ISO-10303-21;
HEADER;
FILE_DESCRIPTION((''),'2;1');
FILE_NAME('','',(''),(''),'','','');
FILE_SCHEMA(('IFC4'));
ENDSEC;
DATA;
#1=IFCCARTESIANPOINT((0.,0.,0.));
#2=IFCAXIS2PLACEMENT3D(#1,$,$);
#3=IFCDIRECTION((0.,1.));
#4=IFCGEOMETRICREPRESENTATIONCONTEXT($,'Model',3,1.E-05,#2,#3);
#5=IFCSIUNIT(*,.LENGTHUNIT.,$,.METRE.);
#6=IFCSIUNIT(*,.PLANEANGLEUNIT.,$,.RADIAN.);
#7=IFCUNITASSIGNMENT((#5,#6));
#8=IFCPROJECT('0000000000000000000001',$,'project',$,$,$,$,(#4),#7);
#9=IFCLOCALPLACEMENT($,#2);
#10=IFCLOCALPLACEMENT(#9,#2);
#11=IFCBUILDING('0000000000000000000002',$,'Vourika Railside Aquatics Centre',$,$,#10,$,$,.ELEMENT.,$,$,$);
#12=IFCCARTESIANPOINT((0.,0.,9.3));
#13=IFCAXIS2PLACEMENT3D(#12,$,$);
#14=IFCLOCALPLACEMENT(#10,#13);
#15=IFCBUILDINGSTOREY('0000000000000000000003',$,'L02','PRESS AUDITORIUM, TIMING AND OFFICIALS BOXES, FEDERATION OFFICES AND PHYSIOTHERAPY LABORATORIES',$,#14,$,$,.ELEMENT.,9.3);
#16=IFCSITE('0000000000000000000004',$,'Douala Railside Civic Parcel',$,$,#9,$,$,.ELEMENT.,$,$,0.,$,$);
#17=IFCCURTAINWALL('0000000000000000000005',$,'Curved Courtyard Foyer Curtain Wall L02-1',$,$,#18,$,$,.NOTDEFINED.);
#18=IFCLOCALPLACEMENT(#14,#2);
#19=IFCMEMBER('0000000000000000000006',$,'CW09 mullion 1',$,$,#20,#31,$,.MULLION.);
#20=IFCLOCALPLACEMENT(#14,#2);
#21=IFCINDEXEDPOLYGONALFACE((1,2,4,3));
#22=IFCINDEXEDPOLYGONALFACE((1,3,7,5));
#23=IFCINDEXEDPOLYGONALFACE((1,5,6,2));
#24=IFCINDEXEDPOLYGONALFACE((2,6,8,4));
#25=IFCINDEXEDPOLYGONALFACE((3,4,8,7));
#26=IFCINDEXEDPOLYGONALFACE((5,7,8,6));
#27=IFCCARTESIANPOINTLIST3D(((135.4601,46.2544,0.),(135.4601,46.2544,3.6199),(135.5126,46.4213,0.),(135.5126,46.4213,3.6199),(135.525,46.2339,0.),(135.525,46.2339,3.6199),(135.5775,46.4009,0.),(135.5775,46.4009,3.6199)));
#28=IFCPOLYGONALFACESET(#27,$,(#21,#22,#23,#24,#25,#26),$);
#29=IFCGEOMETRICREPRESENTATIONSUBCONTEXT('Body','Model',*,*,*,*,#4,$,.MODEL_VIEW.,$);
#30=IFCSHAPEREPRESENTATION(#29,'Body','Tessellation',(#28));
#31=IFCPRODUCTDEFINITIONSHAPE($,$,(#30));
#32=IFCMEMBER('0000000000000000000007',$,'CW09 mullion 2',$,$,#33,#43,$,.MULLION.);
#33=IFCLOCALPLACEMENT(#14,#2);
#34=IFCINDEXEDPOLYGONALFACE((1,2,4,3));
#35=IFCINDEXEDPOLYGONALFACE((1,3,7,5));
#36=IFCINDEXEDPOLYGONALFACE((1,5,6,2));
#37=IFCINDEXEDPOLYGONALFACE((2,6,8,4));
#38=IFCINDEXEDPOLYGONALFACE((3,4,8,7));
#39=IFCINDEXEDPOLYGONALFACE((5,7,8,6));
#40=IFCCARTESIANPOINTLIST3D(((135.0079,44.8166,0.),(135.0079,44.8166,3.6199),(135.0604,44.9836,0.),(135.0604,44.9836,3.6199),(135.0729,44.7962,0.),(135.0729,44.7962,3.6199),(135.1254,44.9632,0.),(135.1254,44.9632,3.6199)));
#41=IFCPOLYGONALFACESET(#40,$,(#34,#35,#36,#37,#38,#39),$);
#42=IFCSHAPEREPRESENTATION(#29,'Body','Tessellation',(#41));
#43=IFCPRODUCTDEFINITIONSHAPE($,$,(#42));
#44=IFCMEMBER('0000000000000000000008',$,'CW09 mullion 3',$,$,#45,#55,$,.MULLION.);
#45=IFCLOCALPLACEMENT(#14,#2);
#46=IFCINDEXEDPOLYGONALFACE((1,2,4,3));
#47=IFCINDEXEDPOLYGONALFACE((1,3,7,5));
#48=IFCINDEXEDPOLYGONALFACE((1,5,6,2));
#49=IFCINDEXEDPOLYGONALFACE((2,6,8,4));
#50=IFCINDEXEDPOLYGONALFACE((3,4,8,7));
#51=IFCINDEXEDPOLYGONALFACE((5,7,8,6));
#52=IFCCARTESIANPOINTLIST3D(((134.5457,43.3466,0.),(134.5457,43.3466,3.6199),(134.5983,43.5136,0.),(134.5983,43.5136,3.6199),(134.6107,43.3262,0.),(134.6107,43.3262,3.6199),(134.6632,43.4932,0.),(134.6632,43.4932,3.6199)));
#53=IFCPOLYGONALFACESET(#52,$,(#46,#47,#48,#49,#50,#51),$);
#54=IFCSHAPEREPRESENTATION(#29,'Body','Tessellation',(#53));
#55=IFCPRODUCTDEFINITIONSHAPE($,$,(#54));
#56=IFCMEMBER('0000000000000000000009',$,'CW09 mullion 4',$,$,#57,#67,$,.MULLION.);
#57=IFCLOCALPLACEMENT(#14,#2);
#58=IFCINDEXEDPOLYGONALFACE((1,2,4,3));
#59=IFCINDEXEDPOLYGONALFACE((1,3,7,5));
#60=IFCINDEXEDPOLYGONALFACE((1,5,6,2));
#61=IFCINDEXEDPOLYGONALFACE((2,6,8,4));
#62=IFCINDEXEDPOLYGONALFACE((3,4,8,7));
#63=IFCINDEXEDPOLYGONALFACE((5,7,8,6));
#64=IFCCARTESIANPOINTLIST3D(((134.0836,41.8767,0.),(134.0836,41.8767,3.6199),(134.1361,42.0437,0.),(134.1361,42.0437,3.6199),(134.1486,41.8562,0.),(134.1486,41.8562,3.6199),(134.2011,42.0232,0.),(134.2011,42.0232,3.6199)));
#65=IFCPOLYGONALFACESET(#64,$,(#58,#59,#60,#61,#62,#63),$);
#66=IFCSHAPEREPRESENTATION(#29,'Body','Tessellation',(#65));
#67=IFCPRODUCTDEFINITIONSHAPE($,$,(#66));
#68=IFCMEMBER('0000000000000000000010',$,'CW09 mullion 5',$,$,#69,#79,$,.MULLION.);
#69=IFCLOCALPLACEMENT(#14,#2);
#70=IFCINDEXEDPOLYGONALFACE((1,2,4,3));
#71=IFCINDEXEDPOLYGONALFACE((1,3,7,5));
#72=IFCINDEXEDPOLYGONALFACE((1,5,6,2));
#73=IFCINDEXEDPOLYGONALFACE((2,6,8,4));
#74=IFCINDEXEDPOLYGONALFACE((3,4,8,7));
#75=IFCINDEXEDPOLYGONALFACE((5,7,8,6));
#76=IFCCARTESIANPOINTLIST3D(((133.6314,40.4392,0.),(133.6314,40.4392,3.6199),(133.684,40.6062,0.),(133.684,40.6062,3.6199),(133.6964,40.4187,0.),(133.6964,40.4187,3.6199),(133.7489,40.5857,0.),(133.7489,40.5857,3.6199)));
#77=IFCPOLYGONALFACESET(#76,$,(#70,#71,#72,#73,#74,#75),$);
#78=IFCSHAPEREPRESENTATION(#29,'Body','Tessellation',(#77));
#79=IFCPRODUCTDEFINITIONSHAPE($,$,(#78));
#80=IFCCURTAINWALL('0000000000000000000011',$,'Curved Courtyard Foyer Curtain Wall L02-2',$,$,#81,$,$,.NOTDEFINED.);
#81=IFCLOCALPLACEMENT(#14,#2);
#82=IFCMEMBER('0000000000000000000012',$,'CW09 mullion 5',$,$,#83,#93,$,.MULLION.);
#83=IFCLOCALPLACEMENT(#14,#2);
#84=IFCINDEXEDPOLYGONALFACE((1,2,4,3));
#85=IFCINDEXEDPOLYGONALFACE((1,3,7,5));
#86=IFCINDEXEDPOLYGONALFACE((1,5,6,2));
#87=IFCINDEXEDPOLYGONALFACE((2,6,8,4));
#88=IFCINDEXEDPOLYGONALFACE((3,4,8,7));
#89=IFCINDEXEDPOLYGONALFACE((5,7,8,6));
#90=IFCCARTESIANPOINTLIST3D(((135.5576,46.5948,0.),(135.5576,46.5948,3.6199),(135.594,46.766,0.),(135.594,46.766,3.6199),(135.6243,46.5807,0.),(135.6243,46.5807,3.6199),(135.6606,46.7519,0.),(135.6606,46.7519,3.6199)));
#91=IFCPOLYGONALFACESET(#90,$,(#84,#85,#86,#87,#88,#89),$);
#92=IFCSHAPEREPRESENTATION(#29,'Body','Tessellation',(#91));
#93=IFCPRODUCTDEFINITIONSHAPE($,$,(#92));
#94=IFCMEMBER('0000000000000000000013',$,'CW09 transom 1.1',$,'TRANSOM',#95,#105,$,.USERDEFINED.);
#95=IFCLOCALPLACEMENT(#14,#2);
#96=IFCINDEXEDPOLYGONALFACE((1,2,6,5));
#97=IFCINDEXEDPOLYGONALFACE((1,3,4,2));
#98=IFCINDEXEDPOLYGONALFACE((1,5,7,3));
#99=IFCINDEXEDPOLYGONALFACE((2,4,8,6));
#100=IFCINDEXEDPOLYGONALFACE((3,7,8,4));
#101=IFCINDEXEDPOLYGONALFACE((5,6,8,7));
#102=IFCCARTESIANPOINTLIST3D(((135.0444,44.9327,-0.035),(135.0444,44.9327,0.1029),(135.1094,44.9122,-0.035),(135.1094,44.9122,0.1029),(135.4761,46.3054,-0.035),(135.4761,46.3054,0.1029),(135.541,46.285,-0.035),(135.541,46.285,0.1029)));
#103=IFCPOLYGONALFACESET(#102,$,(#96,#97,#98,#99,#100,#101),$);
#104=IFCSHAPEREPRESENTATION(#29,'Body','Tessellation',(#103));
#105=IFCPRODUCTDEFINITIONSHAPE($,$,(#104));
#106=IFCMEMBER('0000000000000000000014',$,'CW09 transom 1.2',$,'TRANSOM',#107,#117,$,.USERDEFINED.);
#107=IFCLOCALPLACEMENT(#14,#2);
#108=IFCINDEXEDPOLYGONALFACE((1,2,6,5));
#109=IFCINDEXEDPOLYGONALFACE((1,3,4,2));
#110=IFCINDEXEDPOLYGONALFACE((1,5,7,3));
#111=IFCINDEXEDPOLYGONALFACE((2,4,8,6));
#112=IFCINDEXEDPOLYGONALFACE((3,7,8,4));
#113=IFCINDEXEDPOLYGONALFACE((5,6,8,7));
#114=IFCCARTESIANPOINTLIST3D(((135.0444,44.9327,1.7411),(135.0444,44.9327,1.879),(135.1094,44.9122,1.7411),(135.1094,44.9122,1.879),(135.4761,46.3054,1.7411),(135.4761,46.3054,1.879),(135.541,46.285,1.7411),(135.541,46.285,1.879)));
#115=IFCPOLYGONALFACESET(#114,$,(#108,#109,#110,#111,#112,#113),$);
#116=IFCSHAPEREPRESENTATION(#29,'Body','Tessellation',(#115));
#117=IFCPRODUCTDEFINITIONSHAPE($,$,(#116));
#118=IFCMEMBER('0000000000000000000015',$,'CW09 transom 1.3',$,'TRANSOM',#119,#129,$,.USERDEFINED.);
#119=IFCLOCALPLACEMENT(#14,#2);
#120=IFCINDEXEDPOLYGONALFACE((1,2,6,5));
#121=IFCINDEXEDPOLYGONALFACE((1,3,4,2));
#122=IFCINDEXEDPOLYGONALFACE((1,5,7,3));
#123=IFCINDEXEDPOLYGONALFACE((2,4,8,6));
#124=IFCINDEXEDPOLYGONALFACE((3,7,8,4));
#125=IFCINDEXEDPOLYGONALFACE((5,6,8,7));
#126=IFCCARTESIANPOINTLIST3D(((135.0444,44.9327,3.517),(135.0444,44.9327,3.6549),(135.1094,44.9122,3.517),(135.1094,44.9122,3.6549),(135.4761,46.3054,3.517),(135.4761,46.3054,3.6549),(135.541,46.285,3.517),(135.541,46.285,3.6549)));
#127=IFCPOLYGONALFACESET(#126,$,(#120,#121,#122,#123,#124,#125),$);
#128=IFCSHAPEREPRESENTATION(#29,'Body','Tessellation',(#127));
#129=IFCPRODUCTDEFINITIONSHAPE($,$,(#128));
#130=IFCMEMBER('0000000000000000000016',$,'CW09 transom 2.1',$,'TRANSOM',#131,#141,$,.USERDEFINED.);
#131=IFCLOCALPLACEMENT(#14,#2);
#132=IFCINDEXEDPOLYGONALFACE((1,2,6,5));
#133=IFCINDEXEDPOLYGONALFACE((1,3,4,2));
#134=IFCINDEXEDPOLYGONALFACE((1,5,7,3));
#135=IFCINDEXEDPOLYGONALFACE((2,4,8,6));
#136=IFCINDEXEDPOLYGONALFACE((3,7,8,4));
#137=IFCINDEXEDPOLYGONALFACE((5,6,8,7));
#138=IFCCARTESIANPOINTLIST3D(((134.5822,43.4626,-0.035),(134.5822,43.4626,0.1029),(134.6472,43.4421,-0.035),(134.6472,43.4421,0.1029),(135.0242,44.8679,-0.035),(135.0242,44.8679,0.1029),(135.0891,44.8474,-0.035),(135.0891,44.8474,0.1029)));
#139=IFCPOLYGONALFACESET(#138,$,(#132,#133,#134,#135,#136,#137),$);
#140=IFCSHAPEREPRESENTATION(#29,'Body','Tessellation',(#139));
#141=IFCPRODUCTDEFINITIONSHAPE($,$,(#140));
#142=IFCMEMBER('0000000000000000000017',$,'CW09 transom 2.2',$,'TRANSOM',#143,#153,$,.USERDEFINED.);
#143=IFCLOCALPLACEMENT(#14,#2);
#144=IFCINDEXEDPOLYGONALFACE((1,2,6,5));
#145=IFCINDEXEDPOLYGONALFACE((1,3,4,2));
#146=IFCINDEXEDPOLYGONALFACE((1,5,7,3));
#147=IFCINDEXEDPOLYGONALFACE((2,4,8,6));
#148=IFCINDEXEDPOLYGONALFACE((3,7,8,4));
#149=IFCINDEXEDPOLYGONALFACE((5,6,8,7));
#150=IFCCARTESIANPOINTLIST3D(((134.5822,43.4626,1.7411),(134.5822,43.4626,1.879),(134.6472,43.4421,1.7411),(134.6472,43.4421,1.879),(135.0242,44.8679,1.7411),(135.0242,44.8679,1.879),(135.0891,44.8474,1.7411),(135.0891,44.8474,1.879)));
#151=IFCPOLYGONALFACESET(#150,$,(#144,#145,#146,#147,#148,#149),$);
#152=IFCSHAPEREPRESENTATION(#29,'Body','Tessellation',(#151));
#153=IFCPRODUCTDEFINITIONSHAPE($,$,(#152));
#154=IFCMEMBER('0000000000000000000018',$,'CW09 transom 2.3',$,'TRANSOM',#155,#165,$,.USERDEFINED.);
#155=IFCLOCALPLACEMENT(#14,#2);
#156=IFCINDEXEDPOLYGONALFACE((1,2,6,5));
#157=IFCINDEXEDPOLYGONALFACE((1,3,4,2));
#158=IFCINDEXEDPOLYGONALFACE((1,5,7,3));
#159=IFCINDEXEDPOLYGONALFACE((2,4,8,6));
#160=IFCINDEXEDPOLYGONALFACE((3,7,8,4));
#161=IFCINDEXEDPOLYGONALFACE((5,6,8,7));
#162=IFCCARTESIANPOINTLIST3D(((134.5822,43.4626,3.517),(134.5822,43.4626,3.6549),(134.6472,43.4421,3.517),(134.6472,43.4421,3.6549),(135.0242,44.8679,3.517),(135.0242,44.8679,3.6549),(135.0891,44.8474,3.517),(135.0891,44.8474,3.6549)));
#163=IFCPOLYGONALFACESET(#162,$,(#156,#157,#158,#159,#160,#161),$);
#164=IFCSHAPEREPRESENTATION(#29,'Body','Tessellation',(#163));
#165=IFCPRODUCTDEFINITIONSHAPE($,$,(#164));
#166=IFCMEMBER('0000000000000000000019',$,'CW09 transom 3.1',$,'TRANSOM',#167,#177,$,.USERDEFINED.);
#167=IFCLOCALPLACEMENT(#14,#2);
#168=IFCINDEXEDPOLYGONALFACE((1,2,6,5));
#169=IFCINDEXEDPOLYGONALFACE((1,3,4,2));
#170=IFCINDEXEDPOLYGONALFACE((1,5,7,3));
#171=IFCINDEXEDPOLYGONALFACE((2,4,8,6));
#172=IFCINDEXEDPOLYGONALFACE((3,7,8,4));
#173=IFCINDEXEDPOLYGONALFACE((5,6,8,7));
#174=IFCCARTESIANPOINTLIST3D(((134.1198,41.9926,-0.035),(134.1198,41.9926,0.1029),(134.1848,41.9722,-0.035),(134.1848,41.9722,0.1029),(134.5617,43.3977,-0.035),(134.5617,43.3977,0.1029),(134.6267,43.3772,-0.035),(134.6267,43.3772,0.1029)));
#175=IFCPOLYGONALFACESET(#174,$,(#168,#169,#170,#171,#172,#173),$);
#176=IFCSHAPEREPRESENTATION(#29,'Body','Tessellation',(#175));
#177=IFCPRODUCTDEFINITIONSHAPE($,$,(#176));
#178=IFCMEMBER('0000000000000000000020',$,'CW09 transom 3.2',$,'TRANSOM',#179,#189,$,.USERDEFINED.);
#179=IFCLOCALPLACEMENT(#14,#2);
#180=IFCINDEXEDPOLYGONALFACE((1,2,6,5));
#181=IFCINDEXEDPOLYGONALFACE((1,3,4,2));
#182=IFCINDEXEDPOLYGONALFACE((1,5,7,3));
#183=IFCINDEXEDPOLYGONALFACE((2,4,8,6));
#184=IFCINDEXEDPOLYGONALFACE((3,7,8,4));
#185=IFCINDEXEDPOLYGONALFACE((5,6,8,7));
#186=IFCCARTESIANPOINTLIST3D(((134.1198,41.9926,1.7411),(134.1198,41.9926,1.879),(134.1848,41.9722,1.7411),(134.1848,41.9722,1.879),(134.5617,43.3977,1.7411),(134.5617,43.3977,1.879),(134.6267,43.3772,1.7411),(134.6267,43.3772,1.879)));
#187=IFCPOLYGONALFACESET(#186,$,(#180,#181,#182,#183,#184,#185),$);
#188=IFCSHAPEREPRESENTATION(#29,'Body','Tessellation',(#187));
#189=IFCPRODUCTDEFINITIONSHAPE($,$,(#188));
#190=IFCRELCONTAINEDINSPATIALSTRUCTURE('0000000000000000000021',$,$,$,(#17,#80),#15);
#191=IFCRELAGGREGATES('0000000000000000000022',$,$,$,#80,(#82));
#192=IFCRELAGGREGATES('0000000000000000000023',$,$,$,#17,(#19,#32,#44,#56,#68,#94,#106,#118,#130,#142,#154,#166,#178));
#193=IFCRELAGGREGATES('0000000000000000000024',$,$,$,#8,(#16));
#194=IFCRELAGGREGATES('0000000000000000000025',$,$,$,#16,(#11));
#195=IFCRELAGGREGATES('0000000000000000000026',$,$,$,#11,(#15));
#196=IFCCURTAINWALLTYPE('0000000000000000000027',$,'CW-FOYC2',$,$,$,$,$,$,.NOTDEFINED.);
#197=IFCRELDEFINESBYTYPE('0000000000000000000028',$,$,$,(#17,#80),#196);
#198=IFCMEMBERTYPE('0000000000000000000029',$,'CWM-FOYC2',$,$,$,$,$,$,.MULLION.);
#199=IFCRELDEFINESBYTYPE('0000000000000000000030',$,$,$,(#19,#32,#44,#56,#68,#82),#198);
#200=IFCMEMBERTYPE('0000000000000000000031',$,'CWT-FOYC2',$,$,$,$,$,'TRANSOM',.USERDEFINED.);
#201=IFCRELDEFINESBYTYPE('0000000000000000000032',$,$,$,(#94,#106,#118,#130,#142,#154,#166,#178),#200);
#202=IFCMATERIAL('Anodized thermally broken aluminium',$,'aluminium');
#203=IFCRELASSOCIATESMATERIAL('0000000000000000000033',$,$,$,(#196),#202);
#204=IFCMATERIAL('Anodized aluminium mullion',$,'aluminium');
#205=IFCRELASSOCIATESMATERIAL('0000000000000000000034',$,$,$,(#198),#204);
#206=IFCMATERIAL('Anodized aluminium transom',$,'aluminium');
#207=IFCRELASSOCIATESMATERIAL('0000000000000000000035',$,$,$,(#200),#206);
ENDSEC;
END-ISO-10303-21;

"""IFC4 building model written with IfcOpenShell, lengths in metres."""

from ifc_helpers import new_model, si_unit, direction, frame, origin, origin_2d, place, context, subcontext, project, spatial, rectangle, extrude, material, material_profile, profile_set, type_object, element, aggregate, save


model = new_model("IFC4")

# Units and contexts
model_context = context("Model", 3, precision=1e-05, world=origin(), true_north=direction((0.0, 1.0)))
body_context = subcontext(model_context, "Body", "Model", "MODEL_VIEW")
ifc_project = project(units=[si_unit("LENGTHUNIT", "METRE"), si_unit("PLANEANGLEUNIT", "RADIAN")], contexts=[model_context])

# Site, building, storey
site_placement = place(None, origin())
site = spatial("IfcSite", under=ifc_project, at=site_placement, Name="Douala Railside Civic Parcel", CompositionType="ELEMENT", RefElevation=0.0)
building_placement = place(site_placement, origin())
building = spatial("IfcBuilding", under=site, at=building_placement, Name="Vourika Railside Aquatics Centre", CompositionType="ELEMENT")
storey_placement = place(building_placement, frame((0.0, 0.0, 9.3)))
storey = spatial("IfcBuildingStorey", under=building, at=storey_placement, Name="L02", Description="PRESS AUDITORIUM, TIMING AND OFFICIALS BOXES, FEDERATION OFFICES AND PHYSIOTHERAPY LABORATORIES", CompositionType="ELEMENT", Elevation=9.3)

# Curtain wall, members
ifc_material_1 = material(Name="Anodized thermally broken aluminium", Category="aluminium")
curtain_wall_type = type_object("IfcCurtainWallType", Name="CW-FOYC2", PredefinedType="NOTDEFINED", material=ifc_material_1)
curtain_wall_1_placement = place(storey_placement, origin())
curtain_wall_1 = element("IfcCurtainWall", 1, at=curtain_wall_1_placement, inside=storey, type_object=curtain_wall_type, Name="Curved Courtyard Foyer Curtain Wall L02-1", PredefinedType="NOTDEFINED")
ifc_material_2 = material(Name="Anodized aluminium mullion", Category="aluminium")
ifc_material_profile_1 = material_profile(ifc_material_2, rectangle(XDim=0.0681, YDim=0.175, at=origin_2d()), Name="ALU-M 68x175")
ifc_profile_set_1 = profile_set([ifc_material_profile_1], Name="Anodized aluminium mullion")
member_type_1 = type_object("IfcMemberType", Name="CWM-FOYC2", PredefinedType="MULLION", material=ifc_profile_set_1)
member_1_placement = place(storey_placement, frame((135.5188, 46.3276, 0.0), z_axis=(0.0, 0.0, 1.0), x_axis=(0.953947, -0.299974, 0.0)))
member_1 = element("IfcMember", 2, at=member_1_placement, type_object=member_type_1, Name="CW09 mullion 1", PredefinedType="MULLION", context=body_context, shape_type="SweptSolid", body=[
    extrude(rectangle(XDim=0.0681, YDim=0.175, at=origin_2d()), origin(), (0.0, 0.0, 1.0), 3.6199),
])
member_2_placement = place(storey_placement, frame((135.0667, 44.8899, 0.0), z_axis=(0.0, 0.0, 1.0), x_axis=(0.953947, -0.299974, 0.0)))
member_2 = element("IfcMember", 3, at=member_2_placement, type_object=member_type_1, Name="CW09 mullion 2", PredefinedType="MULLION", context=body_context, shape_type="SweptSolid", body=[
    extrude(rectangle(XDim=0.0681, YDim=0.175, at=origin_2d()), origin(), (0.0, 0.0, 1.0), 3.6199),
])
member_3_placement = place(storey_placement, frame((134.6045, 43.4199, 0.0), z_axis=(0.0, 0.0, 1.0), x_axis=(0.953947, -0.299974, 0.0)))
member_3 = element("IfcMember", 4, at=member_3_placement, type_object=member_type_1, Name="CW09 mullion 3", PredefinedType="MULLION", context=body_context, shape_type="SweptSolid", body=[
    extrude(rectangle(XDim=0.0681, YDim=0.175, at=origin_2d()), origin(), (0.0, 0.0, 1.0), 3.6199),
])
member_4_placement = place(storey_placement, frame((134.1423, 41.95, 0.0), z_axis=(0.0, 0.0, 1.0), x_axis=(0.953947, -0.299974, 0.0)))
member_4 = element("IfcMember", 5, at=member_4_placement, type_object=member_type_1, Name="CW09 mullion 4", PredefinedType="MULLION", context=body_context, shape_type="SweptSolid", body=[
    extrude(rectangle(XDim=0.0681, YDim=0.175, at=origin_2d()), origin(), (0.0, 0.0, 1.0), 3.6199),
])
member_5_placement = place(storey_placement, frame((133.6902, 40.5125, 0.0), z_axis=(0.0, 0.0, 1.0), x_axis=(0.953947, -0.299974, 0.0)))
member_5 = element("IfcMember", 6, at=member_5_placement, type_object=member_type_1, Name="CW09 mullion 5", PredefinedType="MULLION", context=body_context, shape_type="SweptSolid", body=[
    extrude(rectangle(XDim=0.0681, YDim=0.175, at=origin_2d()), origin(), (0.0, 0.0, 1.0), 3.6199),
])

# Curtain wall, member
curtain_wall_2_placement = place(storey_placement, origin())
curtain_wall_2 = element("IfcCurtainWall", 7, at=curtain_wall_2_placement, inside=storey, type_object=curtain_wall_type, Name="Curved Courtyard Foyer Curtain Wall L02-2", PredefinedType="NOTDEFINED")
member_6_placement = place(storey_placement, frame((135.6091, 46.6733, 0.0), z_axis=(0.0, 0.0, 1.0), x_axis=(0.978215, -0.207595, 0.0)))
member_6 = element("IfcMember", 8, at=member_6_placement, type_object=member_type_1, Name="CW09 mullion 5", PredefinedType="MULLION", context=body_context, shape_type="SweptSolid", body=[
    extrude(rectangle(XDim=0.0681, YDim=0.175, at=origin_2d()), origin(), (0.0, 0.0, 1.0), 3.6199),
])
aggregate(curtain_wall_2, [member_6])

# Members
ifc_material_3 = material(Name="Anodized aluminium transom", Category="aluminium")
ifc_material_profile_2 = material_profile(ifc_material_3, rectangle(XDim=0.0681, YDim=0.1379, at=origin_2d()), Name="ALU-T 68x138")
ifc_profile_set_2 = profile_set([ifc_material_profile_2], Name="Anodized aluminium transom")
member_type_2 = type_object("IfcMemberType", Name="CWT-FOYC2", ElementType="TRANSOM", PredefinedType="USERDEFINED", material=ifc_profile_set_2)
member_7_placement = place(storey_placement, frame((135.5085, 46.2952, 0.0339), z_axis=(-0.299946, -0.953956, 0.0), x_axis=(0.953956, -0.299946, 0.0)))
member_7 = element("IfcMember", 9, at=member_7_placement, type_object=member_type_2, Name="CW09 transom 1.1", ObjectType="TRANSOM", PredefinedType="USERDEFINED", context=body_context, shape_type="SweptSolid", body=[
    extrude(rectangle(XDim=0.0681, YDim=0.1379, at=origin_2d()), origin(), (0.0, 0.0, 1.0), 1.439),
])
member_8_placement = place(storey_placement, frame((135.5085, 46.2952, 1.8101), z_axis=(-0.299946, -0.953956, 0.0), x_axis=(0.953956, -0.299946, 0.0)))
member_8 = element("IfcMember", 10, at=member_8_placement, type_object=member_type_2, Name="CW09 transom 1.2", ObjectType="TRANSOM", PredefinedType="USERDEFINED", context=body_context, shape_type="SweptSolid", body=[
    extrude(rectangle(XDim=0.0681, YDim=0.1379, at=origin_2d()), origin(), (0.0, 0.0, 1.0), 1.439),
])
member_9_placement = place(storey_placement, frame((135.5085, 46.2952, 3.5859), z_axis=(-0.299946, -0.953956, 0.0), x_axis=(0.953956, -0.299946, 0.0)))
member_9 = element("IfcMember", 11, at=member_9_placement, type_object=member_type_2, Name="CW09 transom 1.3", ObjectType="TRANSOM", PredefinedType="USERDEFINED", context=body_context, shape_type="SweptSolid", body=[
    extrude(rectangle(XDim=0.0681, YDim=0.1379, at=origin_2d()), origin(), (0.0, 0.0, 1.0), 1.439),
])
member_10_placement = place(storey_placement, frame((135.0566, 44.8577, 0.0339), z_axis=(-0.299973, -0.953948, 0.0), x_axis=(0.953948, -0.299973, 0.0)))
member_10 = element("IfcMember", 12, at=member_10_placement, type_object=member_type_2, Name="CW09 transom 2.1", ObjectType="TRANSOM", PredefinedType="USERDEFINED", context=body_context, shape_type="SweptSolid", body=[
    extrude(rectangle(XDim=0.0681, YDim=0.1379, at=origin_2d()), origin(), (0.0, 0.0, 1.0), 1.4731),
])
member_11_placement = place(storey_placement, frame((135.0566, 44.8577, 1.8101), z_axis=(-0.299973, -0.953948, 0.0), x_axis=(0.953948, -0.299973, 0.0)))
member_11 = element("IfcMember", 13, at=member_11_placement, type_object=member_type_2, Name="CW09 transom 2.2", ObjectType="TRANSOM", PredefinedType="USERDEFINED", context=body_context, shape_type="SweptSolid", body=[
    extrude(rectangle(XDim=0.0681, YDim=0.1379, at=origin_2d()), origin(), (0.0, 0.0, 1.0), 1.4731),
])
member_12_placement = place(storey_placement, frame((135.0566, 44.8577, 3.5859), z_axis=(-0.299973, -0.953948, 0.0), x_axis=(0.953948, -0.299973, 0.0)))
member_12 = element("IfcMember", 14, at=member_12_placement, type_object=member_type_2, Name="CW09 transom 2.3", ObjectType="TRANSOM", PredefinedType="USERDEFINED", context=body_context, shape_type="SweptSolid", body=[
    extrude(rectangle(XDim=0.0681, YDim=0.1379, at=origin_2d()), origin(), (0.0, 0.0, 1.0), 1.4731),
])
member_13_placement = place(storey_placement, frame((134.5942, 43.3875, 0.0339), z_axis=(-0.300021, -0.953933, 0.0), x_axis=(0.953933, -0.300021, 0.0)))
member_13 = element("IfcMember", 15, at=member_13_placement, type_object=member_type_2, Name="CW09 transom 3.1", ObjectType="TRANSOM", PredefinedType="USERDEFINED", context=body_context, shape_type="SweptSolid", body=[
    extrude(rectangle(XDim=0.0681, YDim=0.1379, at=origin_2d()), origin(), (0.0, 0.0, 1.0), 1.4729),
])
member_14_placement = place(storey_placement, frame((134.5942, 43.3875, 1.8101), z_axis=(-0.300021, -0.953933, 0.0), x_axis=(0.953933, -0.300021, 0.0)))
member_14 = element("IfcMember", 16, at=member_14_placement, type_object=member_type_2, Name="CW09 transom 3.2", ObjectType="TRANSOM", PredefinedType="USERDEFINED", context=body_context, shape_type="SweptSolid", body=[
    extrude(rectangle(XDim=0.0681, YDim=0.1379, at=origin_2d()), origin(), (0.0, 0.0, 1.0), 1.4729),
])

aggregate(curtain_wall_1, [member_1, member_2, member_3, member_4, member_5, member_7, member_8, member_9, member_10, member_11, member_12, member_13, member_14])

save(model, "model.ifc")
